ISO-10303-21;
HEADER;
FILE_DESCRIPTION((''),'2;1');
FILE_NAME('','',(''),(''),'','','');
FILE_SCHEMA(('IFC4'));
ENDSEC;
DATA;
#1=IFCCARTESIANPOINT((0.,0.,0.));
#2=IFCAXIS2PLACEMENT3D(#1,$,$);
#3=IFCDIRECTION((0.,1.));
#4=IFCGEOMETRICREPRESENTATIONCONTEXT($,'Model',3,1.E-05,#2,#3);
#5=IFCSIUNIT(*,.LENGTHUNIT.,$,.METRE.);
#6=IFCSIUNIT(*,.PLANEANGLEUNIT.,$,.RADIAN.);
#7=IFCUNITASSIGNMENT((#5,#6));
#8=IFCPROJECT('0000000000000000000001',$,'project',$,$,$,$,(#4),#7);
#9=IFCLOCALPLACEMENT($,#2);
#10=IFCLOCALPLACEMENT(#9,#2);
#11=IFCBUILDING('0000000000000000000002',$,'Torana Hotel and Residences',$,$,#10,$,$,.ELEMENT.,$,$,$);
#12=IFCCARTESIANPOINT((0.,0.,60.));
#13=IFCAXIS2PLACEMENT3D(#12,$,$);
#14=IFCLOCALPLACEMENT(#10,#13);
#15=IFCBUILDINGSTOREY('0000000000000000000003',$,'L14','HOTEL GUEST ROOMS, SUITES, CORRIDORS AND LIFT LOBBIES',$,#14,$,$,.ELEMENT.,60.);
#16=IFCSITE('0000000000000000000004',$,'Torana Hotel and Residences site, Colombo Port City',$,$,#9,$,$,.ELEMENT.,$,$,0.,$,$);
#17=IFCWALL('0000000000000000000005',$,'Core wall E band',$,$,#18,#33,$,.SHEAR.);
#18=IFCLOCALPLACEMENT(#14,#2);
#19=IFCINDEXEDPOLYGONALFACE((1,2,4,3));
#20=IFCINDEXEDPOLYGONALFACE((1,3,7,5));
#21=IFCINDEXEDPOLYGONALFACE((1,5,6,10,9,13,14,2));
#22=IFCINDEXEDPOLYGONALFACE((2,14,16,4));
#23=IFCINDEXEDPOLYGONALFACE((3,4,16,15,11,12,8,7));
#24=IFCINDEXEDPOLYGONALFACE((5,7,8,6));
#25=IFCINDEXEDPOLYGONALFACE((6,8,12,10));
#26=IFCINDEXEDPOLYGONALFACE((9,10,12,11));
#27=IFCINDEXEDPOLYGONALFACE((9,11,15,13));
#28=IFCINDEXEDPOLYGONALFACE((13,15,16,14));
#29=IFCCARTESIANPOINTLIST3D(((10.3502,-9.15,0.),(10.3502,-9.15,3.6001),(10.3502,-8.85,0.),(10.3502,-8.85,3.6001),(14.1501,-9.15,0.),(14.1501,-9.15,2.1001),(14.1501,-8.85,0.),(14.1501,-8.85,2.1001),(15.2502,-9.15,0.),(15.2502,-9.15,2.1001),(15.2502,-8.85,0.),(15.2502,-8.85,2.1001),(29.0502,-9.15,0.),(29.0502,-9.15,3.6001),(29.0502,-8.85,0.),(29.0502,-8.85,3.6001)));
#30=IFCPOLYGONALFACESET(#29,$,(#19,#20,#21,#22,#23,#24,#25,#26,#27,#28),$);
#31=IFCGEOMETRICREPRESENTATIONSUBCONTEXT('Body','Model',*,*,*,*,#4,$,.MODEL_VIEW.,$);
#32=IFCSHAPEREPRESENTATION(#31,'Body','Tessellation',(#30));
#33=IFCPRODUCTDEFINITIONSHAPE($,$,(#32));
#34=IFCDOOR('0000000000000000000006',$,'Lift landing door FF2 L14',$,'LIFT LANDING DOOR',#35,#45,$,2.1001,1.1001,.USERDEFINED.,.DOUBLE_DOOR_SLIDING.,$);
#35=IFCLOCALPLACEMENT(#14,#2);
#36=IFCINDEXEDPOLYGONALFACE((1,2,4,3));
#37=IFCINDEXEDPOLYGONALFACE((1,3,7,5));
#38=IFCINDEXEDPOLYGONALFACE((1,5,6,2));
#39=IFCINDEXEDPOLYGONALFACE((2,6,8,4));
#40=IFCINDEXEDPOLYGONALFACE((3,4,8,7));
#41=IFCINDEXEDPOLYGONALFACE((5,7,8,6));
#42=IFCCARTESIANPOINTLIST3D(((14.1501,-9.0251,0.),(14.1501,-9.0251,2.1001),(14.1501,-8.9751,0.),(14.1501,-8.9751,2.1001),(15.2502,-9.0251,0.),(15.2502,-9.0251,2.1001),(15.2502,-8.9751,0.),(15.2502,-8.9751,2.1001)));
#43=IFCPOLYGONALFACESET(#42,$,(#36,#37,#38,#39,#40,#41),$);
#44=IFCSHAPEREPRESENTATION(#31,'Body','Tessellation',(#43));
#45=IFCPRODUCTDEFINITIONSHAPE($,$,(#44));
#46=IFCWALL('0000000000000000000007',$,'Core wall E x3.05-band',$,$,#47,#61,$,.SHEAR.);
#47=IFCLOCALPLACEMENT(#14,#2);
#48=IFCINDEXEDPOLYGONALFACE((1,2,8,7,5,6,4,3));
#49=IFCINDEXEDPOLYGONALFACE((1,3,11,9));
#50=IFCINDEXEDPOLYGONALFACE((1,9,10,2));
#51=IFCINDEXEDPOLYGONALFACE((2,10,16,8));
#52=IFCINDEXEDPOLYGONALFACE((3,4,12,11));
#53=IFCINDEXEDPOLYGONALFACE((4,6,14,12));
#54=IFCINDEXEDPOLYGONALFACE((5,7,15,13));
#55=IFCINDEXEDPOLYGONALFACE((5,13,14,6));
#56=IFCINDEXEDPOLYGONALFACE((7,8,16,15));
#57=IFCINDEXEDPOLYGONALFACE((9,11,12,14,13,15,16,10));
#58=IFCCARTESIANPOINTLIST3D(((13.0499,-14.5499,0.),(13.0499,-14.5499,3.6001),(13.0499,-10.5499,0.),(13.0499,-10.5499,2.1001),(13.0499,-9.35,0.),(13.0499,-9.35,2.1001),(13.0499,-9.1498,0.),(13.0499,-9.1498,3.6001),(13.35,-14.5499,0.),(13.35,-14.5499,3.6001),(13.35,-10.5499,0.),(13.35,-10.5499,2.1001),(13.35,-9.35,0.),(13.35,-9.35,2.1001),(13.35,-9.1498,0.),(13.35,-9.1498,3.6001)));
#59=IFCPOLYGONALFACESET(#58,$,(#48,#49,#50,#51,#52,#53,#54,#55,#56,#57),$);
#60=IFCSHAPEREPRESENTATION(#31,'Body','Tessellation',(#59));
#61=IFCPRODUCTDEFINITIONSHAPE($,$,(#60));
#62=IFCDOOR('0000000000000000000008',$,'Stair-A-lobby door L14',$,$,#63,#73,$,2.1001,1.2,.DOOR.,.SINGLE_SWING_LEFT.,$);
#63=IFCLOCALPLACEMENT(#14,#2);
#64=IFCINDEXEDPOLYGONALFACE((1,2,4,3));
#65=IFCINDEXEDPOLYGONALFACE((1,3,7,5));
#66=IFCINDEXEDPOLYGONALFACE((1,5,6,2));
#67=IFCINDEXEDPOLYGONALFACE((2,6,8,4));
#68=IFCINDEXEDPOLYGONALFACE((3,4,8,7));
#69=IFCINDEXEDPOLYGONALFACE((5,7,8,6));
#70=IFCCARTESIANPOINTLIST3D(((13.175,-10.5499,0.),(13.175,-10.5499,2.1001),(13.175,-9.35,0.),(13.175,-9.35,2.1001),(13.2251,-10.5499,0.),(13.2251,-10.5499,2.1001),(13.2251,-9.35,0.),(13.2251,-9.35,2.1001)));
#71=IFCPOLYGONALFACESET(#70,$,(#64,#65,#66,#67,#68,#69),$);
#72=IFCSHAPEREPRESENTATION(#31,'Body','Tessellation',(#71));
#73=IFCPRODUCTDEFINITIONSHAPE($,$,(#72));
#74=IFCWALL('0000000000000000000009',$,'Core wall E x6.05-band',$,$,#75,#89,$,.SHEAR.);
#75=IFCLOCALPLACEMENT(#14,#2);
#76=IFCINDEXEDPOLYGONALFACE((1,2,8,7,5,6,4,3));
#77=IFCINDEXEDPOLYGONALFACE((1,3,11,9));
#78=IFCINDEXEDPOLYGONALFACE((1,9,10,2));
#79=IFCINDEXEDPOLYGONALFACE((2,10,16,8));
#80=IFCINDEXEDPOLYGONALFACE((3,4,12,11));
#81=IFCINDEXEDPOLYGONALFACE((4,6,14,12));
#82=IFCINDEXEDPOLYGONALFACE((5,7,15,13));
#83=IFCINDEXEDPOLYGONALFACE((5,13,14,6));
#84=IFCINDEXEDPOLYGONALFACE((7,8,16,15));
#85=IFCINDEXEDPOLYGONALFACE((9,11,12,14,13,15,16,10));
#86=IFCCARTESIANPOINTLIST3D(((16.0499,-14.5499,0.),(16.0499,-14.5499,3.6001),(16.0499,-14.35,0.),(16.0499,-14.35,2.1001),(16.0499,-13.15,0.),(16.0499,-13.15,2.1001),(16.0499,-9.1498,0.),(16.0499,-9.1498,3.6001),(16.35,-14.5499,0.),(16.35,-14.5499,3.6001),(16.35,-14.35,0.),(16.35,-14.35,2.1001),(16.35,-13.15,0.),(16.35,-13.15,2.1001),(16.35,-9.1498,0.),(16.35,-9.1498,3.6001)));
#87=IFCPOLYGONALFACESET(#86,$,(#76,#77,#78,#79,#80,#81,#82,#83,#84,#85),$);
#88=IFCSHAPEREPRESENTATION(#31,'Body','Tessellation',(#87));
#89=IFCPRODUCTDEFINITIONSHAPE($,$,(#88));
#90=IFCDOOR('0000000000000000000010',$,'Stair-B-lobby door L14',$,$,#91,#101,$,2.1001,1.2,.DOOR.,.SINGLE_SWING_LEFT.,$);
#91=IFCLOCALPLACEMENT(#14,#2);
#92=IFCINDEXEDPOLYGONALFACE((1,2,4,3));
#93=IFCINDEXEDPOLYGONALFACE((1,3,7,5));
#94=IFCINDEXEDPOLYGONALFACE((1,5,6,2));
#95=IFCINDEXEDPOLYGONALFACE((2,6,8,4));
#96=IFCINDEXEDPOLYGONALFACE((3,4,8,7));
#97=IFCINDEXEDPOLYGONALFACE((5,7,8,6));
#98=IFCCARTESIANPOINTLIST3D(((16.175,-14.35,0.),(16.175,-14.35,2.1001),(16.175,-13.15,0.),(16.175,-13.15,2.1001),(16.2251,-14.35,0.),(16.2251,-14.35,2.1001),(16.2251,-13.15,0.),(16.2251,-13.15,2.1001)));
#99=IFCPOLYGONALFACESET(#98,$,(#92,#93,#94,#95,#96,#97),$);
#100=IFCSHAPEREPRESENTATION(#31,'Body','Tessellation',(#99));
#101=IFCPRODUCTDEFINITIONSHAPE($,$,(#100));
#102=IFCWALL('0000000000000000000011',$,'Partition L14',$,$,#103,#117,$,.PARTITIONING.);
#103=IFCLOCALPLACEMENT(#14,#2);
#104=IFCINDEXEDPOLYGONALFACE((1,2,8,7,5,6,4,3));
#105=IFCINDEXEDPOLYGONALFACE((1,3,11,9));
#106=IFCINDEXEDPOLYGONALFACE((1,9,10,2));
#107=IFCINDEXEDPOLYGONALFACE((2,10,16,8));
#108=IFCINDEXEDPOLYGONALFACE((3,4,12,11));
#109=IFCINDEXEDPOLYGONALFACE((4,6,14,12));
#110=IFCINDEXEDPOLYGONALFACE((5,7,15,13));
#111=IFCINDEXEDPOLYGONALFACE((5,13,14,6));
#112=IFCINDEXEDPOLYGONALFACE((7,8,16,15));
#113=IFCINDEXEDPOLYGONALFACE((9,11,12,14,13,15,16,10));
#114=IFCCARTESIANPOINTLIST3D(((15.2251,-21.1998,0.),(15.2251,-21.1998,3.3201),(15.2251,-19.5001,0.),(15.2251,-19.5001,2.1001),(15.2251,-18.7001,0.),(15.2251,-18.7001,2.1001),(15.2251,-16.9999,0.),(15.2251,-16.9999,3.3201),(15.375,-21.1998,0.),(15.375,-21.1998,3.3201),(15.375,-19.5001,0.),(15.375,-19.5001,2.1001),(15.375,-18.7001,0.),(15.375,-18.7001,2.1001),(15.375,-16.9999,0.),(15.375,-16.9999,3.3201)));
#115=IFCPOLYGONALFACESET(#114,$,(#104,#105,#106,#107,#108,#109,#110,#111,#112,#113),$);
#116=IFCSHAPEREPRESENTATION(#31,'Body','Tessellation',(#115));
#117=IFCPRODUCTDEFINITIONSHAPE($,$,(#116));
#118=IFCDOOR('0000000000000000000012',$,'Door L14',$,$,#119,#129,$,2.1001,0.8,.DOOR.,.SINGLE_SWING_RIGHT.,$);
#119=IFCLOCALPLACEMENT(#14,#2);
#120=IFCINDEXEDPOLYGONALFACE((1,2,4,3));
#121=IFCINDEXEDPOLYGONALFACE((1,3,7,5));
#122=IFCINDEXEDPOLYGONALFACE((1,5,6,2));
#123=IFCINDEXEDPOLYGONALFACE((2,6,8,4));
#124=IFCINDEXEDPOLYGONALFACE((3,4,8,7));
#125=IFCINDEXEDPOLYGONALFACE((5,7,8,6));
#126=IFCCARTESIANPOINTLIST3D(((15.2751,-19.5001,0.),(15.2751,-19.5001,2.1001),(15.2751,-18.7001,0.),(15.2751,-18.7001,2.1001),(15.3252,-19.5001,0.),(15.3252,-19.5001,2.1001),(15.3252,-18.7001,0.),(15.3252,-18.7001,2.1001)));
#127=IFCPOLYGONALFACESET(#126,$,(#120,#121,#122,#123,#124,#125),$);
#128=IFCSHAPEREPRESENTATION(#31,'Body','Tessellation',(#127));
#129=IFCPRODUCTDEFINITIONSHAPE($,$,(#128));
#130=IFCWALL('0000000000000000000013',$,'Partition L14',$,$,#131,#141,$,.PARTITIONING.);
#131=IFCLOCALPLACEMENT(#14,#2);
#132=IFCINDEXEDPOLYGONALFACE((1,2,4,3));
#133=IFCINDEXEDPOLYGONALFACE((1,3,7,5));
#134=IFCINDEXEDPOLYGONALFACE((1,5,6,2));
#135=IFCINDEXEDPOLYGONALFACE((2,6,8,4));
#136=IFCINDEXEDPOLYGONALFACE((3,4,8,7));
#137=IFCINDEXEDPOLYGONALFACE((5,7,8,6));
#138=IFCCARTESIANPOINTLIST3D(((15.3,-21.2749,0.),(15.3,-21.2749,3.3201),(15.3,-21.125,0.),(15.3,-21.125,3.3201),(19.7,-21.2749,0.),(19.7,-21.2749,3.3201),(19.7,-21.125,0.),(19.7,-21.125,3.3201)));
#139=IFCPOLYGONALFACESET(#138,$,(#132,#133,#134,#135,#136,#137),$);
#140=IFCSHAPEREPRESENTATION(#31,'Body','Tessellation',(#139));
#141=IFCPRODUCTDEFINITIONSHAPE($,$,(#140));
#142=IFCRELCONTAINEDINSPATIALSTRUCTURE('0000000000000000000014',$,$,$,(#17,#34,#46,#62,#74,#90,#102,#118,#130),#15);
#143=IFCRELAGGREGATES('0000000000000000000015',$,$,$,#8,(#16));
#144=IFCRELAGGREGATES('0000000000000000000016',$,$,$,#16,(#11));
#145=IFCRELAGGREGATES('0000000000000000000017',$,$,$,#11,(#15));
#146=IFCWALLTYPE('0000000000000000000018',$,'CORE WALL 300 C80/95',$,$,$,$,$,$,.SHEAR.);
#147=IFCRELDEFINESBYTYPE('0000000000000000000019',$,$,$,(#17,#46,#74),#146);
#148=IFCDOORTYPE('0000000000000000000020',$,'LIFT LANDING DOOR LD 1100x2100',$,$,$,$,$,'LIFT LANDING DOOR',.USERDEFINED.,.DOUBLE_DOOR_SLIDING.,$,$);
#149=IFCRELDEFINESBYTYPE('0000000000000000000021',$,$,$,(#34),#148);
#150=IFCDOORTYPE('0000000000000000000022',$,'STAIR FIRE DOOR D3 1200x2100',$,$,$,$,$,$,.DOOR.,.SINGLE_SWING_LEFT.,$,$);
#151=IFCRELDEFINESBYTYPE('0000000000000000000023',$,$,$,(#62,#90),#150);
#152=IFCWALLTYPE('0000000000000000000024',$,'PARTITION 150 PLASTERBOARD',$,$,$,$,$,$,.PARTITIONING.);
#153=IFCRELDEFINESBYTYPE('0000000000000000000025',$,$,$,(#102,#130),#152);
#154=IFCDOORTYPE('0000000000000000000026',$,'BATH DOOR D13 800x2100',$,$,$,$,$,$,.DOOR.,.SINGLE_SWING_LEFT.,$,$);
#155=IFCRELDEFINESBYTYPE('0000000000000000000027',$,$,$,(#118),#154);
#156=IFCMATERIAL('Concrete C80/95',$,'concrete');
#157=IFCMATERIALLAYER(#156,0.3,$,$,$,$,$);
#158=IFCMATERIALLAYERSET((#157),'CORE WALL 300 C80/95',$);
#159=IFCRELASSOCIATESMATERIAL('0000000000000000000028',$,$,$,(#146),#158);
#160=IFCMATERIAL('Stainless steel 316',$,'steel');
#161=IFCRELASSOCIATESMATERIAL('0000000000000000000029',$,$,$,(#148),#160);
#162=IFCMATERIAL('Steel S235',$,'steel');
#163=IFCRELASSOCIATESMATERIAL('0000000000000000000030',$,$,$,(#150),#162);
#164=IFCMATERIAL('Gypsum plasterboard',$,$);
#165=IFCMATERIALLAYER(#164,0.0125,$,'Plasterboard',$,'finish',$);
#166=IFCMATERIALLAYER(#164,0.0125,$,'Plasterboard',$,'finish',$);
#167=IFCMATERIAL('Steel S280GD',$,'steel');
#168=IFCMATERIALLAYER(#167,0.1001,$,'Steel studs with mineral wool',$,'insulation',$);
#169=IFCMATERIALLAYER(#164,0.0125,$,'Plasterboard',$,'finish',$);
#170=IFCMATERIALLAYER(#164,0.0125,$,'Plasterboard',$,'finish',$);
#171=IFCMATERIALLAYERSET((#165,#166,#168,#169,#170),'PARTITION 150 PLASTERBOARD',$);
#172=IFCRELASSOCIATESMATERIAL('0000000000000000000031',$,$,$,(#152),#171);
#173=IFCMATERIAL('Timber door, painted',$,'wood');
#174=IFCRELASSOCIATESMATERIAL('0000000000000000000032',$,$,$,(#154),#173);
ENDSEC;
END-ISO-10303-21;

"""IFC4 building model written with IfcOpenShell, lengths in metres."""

from ifc_helpers import new_model, si_unit, direction, frame, frame_2d, origin, place, context, subcontext, project, spatial, rectangle, extrude, material, layer, layer_set, type_object, element, fill, save


model = new_model("IFC4")

# Units and contexts
model_context = context("Model", 3, precision=1e-05, world=origin(), true_north=direction((0.0, 1.0)))
body_context = subcontext(model_context, "Body", "Model", "MODEL_VIEW")
ifc_project = project(units=[si_unit("LENGTHUNIT", "METRE"), si_unit("PLANEANGLEUNIT", "RADIAN")], contexts=[model_context])

# Site, building, storey
site_placement = place(None, origin())
site = spatial("IfcSite", under=ifc_project, at=site_placement, Name="Torana Hotel and Residences site, Colombo Port City", CompositionType="ELEMENT", RefElevation=0.0)
building_placement = place(site_placement, origin())
building = spatial("IfcBuilding", under=site, at=building_placement, Name="Torana Hotel and Residences", CompositionType="ELEMENT")
storey_placement = place(building_placement, frame((0.0, 0.0, 60.0)))
storey = spatial("IfcBuildingStorey", under=building, at=storey_placement, Name="L14", Description="HOTEL GUEST ROOMS, SUITES, CORRIDORS AND LIFT LOBBIES", CompositionType="ELEMENT", Elevation=60.0)

# Walls, openings, doors
ifc_material_1 = material(Name="Concrete C80/95", Category="concrete")
ifc_layer_1 = layer(ifc_material_1, 0.3)
ifc_layer_set_1 = layer_set([ifc_layer_1], Name="CORE WALL 300 C80/95")
wall_type_1 = type_object("IfcWallType", Name="CORE WALL 300 C80/95", PredefinedType="SHEAR", material=ifc_layer_set_1)
wall_1_placement = place(storey_placement, frame((10.3501, -9.0, 0.0), z_axis=(0.0, 0.0, 1.0), x_axis=(1.0, 0.0, 0.0)))
wall_1 = element("IfcWall", 1, at=wall_1_placement, inside=storey, type_object=wall_type_1, Name="Core wall E band", PredefinedType="SHEAR", context=body_context, shape_type="SweptSolid", body=[
    extrude(rectangle(XDim=18.7, YDim=0.3, at=frame_2d((9.3501, 0.0))), origin(), (0.0, 0.0, 1.0), 3.6001),
])
opening_1_placement = place(wall_1_placement, frame((3.8, 0.0, 0.0)))
opening_1 = element("IfcOpeningElement", 2, at=opening_1_placement, cuts=wall_1, PredefinedType="OPENING", context=body_context, shape_type="SweptSolid", body=[
    extrude(rectangle(XDim=1.1001, YDim=2.1001, at=frame_2d((0.55, 1.05))), frame((0.0, 0.1599, 0.0), z_axis=(0.0, -1.0, 0.0), x_axis=(1.0, 0.0, 0.0)), (0.0, 0.0, 1.0), 0.3201),
])
ifc_material_2 = material(Name="Stainless steel 316", Category="steel")
door_type_1 = type_object("IfcDoorType", Name="LIFT LANDING DOOR LD 1100x2100", ElementType="LIFT LANDING DOOR", OperationType="DOUBLE_DOOR_SLIDING", PredefinedType="USERDEFINED", material=ifc_material_2)
door_1_placement = place(opening_1_placement, origin())
door_1 = element("IfcDoor", 3, at=door_1_placement, inside=storey, type_object=door_type_1, Name="Lift landing door FF2 L14", ObjectType="LIFT LANDING DOOR", OperationType="DOUBLE_DOOR_SLIDING", OverallHeight=2.1001, OverallWidth=1.1001, PredefinedType="USERDEFINED", context=body_context, shape_type="SweptSolid", body=[
    extrude(rectangle(XDim=1.1001, YDim=2.1001, at=frame_2d((0.55, 1.05))), frame((0.0, 0.0249, 0.0), z_axis=(0.0, -1.0, 0.0), x_axis=(1.0, 0.0, 0.0)), (0.0, 0.0, 1.0), 0.05),
])
fill(opening_1, door_1)
wall_2_placement = place(storey_placement, frame((13.2, -14.55, 0.0), z_axis=(0.0, 0.0, 1.0), x_axis=(0.0, 1.0, 0.0)))
wall_2 = element("IfcWall", 4, at=wall_2_placement, inside=storey, type_object=wall_type_1, Name="Core wall E x3.05-band", PredefinedType="SHEAR", context=body_context, shape_type="SweptSolid", body=[
    extrude(rectangle(XDim=5.4001, YDim=0.3, at=frame_2d((2.7002, 0.0))), origin(), (0.0, 0.0, 1.0), 3.6001),
])
opening_2_placement = place(wall_2_placement, frame((4.0, 0.0, 0.0)))
opening_2 = element("IfcOpeningElement", 5, at=opening_2_placement, cuts=wall_2, PredefinedType="OPENING", context=body_context, shape_type="SweptSolid", body=[
    extrude(rectangle(XDim=1.2, YDim=2.1001, at=frame_2d((0.6001, 1.05))), frame((0.0, 0.1599, 0.0), z_axis=(0.0, -1.0, 0.0), x_axis=(1.0, 0.0, 0.0)), (0.0, 0.0, 1.0), 0.3201),
])
ifc_material_3 = material(Name="Steel S235", Category="steel")
door_type_2 = type_object("IfcDoorType", Name="STAIR FIRE DOOR D3 1200x2100", OperationType="SINGLE_SWING_LEFT", PredefinedType="DOOR", material=ifc_material_3)
door_2_placement = place(opening_2_placement, origin())
door_2 = element("IfcDoor", 6, at=door_2_placement, inside=storey, type_object=door_type_2, Name="Stair-A-lobby door L14", OperationType="SINGLE_SWING_LEFT", OverallHeight=2.1001, OverallWidth=1.2, PredefinedType="DOOR", context=body_context, shape_type="SweptSolid", body=[
    extrude(rectangle(XDim=1.2, YDim=2.1001, at=frame_2d((0.6001, 1.05))), frame((0.0, 0.0249, 0.0), z_axis=(0.0, -1.0, 0.0), x_axis=(1.0, 0.0, 0.0)), (0.0, 0.0, 1.0), 0.05),
])
fill(opening_2, door_2)
wall_3_placement = place(storey_placement, frame((16.2, -14.55, 0.0), z_axis=(0.0, 0.0, 1.0), x_axis=(0.0, 1.0, 0.0)))
wall_3 = element("IfcWall", 7, at=wall_3_placement, inside=storey, type_object=wall_type_1, Name="Core wall E x6.05-band", PredefinedType="SHEAR", context=body_context, shape_type="SweptSolid", body=[
    extrude(rectangle(XDim=5.4001, YDim=0.3, at=frame_2d((2.7002, 0.0))), origin(), (0.0, 0.0, 1.0), 3.6001),
])
opening_3_placement = place(wall_3_placement, frame((0.2, 0.0, 0.0)))
opening_3 = element("IfcOpeningElement", 8, at=opening_3_placement, cuts=wall_3, PredefinedType="OPENING", context=body_context, shape_type="SweptSolid", body=[
    extrude(rectangle(XDim=1.2, YDim=2.1001, at=frame_2d((0.6001, 1.05))), frame((0.0, 0.1599, 0.0), z_axis=(0.0, -1.0, 0.0), x_axis=(1.0, 0.0, 0.0)), (0.0, 0.0, 1.0), 0.3201),
])
door_3_placement = place(opening_3_placement, frame((0.6001, 0.0, 0.0), z_axis=(0.0, 0.0, 1.0), x_axis=(-1.0, 0.0, 0.0)))
door_3 = element("IfcDoor", 9, at=door_3_placement, inside=storey, type_object=door_type_2, Name="Stair-B-lobby door L14", OperationType="SINGLE_SWING_LEFT", OverallHeight=2.1001, OverallWidth=1.2, PredefinedType="DOOR", context=body_context, shape_type="SweptSolid", body=[
    extrude(rectangle(XDim=1.2, YDim=2.1001, at=frame_2d((0.0, 1.05))), frame((0.0, -0.0249, 0.0), z_axis=(0.0, 1.0, 0.0), x_axis=(-1.0, 0.0, 0.0)), (0.0, 0.0, 1.0), 0.05),
])
fill(opening_3, door_3)
ifc_material_4 = material(Name="Gypsum plasterboard")
ifc_layer_2 = layer(ifc_material_4, 0.0125, Name="Plasterboard", Category="finish")
ifc_layer_3 = layer(ifc_material_4, 0.0125, Name="Plasterboard", Category="finish")
ifc_material_5 = material(Name="Steel S280GD", Category="steel")
ifc_layer_4 = layer(ifc_material_5, 0.1001, Name="Steel studs with mineral wool", Category="insulation")
ifc_layer_5 = layer(ifc_material_4, 0.0125, Name="Plasterboard", Category="finish")
ifc_layer_6 = layer(ifc_material_4, 0.0125, Name="Plasterboard", Category="finish")
ifc_layer_set_2 = layer_set([ifc_layer_2, ifc_layer_3, ifc_layer_4, ifc_layer_5, ifc_layer_6], Name="PARTITION 150 PLASTERBOARD")
wall_type_2 = type_object("IfcWallType", Name="PARTITION 150 PLASTERBOARD", PredefinedType="PARTITIONING", material=ifc_layer_set_2)
wall_4_placement = place(storey_placement, frame((15.3, -21.2, 0.0), z_axis=(0.0, 0.0, 1.0), x_axis=(0.0, 1.0, 0.0)))
wall_4 = element("IfcWall", 10, at=wall_4_placement, inside=storey, type_object=wall_type_2, Name="Partition L14", PredefinedType="PARTITIONING", context=body_context, shape_type="SweptSolid", body=[
    extrude(rectangle(XDim=4.2, YDim=0.1499, at=frame_2d((2.1001, 0.0))), origin(), (0.0, 0.0, 1.0), 3.3201),
])
opening_4_placement = place(wall_4_placement, frame((1.7, 0.0, 0.0)))
opening_4 = element("IfcOpeningElement", 11, at=opening_4_placement, cuts=wall_4, PredefinedType="OPENING", context=body_context, shape_type="SweptSolid", body=[
    extrude(rectangle(XDim=0.8, YDim=2.1001, at=frame_2d((0.3999, 1.05))), frame((0.0, 0.085, 0.0), z_axis=(0.0, -1.0, 0.0), x_axis=(1.0, 0.0, 0.0)), (0.0, 0.0, 1.0), 0.1699),
])
ifc_material_6 = material(Name="Timber door, painted", Category="wood")
door_type_3 = type_object("IfcDoorType", Name="BATH DOOR D13 800x2100", OperationType="SINGLE_SWING_LEFT", PredefinedType="DOOR", material=ifc_material_6)
door_4_placement = place(opening_4_placement, origin())
door_4 = element("IfcDoor", 12, at=door_4_placement, inside=storey, type_object=door_type_3, Name="Door L14", OperationType="SINGLE_SWING_RIGHT", OverallHeight=2.1001, OverallWidth=0.8, PredefinedType="DOOR", context=body_context, shape_type="SweptSolid", body=[
    extrude(rectangle(XDim=0.8, YDim=2.1001, at=frame_2d((0.3999, 1.05))), frame((0.0, 0.0249, 0.0), z_axis=(0.0, -1.0, 0.0), x_axis=(1.0, 0.0, 0.0)), (0.0, 0.0, 1.0), 0.05),
])
fill(opening_4, door_4)

# Wall
wall_5_placement = place(storey_placement, frame((15.3, -21.2, 0.0), z_axis=(0.0, 0.0, 1.0), x_axis=(1.0, 0.0, 0.0)))
element("IfcWall", 13, at=wall_5_placement, inside=storey, type_object=wall_type_2, Name="Partition L14", PredefinedType="PARTITIONING", context=body_context, shape_type="SweptSolid", body=[
    extrude(rectangle(XDim=4.3999, YDim=0.1499, at=frame_2d((2.2, 0.0))), origin(), (0.0, 0.0, 1.0), 3.3201),
])

save(model, "model.ifc")
